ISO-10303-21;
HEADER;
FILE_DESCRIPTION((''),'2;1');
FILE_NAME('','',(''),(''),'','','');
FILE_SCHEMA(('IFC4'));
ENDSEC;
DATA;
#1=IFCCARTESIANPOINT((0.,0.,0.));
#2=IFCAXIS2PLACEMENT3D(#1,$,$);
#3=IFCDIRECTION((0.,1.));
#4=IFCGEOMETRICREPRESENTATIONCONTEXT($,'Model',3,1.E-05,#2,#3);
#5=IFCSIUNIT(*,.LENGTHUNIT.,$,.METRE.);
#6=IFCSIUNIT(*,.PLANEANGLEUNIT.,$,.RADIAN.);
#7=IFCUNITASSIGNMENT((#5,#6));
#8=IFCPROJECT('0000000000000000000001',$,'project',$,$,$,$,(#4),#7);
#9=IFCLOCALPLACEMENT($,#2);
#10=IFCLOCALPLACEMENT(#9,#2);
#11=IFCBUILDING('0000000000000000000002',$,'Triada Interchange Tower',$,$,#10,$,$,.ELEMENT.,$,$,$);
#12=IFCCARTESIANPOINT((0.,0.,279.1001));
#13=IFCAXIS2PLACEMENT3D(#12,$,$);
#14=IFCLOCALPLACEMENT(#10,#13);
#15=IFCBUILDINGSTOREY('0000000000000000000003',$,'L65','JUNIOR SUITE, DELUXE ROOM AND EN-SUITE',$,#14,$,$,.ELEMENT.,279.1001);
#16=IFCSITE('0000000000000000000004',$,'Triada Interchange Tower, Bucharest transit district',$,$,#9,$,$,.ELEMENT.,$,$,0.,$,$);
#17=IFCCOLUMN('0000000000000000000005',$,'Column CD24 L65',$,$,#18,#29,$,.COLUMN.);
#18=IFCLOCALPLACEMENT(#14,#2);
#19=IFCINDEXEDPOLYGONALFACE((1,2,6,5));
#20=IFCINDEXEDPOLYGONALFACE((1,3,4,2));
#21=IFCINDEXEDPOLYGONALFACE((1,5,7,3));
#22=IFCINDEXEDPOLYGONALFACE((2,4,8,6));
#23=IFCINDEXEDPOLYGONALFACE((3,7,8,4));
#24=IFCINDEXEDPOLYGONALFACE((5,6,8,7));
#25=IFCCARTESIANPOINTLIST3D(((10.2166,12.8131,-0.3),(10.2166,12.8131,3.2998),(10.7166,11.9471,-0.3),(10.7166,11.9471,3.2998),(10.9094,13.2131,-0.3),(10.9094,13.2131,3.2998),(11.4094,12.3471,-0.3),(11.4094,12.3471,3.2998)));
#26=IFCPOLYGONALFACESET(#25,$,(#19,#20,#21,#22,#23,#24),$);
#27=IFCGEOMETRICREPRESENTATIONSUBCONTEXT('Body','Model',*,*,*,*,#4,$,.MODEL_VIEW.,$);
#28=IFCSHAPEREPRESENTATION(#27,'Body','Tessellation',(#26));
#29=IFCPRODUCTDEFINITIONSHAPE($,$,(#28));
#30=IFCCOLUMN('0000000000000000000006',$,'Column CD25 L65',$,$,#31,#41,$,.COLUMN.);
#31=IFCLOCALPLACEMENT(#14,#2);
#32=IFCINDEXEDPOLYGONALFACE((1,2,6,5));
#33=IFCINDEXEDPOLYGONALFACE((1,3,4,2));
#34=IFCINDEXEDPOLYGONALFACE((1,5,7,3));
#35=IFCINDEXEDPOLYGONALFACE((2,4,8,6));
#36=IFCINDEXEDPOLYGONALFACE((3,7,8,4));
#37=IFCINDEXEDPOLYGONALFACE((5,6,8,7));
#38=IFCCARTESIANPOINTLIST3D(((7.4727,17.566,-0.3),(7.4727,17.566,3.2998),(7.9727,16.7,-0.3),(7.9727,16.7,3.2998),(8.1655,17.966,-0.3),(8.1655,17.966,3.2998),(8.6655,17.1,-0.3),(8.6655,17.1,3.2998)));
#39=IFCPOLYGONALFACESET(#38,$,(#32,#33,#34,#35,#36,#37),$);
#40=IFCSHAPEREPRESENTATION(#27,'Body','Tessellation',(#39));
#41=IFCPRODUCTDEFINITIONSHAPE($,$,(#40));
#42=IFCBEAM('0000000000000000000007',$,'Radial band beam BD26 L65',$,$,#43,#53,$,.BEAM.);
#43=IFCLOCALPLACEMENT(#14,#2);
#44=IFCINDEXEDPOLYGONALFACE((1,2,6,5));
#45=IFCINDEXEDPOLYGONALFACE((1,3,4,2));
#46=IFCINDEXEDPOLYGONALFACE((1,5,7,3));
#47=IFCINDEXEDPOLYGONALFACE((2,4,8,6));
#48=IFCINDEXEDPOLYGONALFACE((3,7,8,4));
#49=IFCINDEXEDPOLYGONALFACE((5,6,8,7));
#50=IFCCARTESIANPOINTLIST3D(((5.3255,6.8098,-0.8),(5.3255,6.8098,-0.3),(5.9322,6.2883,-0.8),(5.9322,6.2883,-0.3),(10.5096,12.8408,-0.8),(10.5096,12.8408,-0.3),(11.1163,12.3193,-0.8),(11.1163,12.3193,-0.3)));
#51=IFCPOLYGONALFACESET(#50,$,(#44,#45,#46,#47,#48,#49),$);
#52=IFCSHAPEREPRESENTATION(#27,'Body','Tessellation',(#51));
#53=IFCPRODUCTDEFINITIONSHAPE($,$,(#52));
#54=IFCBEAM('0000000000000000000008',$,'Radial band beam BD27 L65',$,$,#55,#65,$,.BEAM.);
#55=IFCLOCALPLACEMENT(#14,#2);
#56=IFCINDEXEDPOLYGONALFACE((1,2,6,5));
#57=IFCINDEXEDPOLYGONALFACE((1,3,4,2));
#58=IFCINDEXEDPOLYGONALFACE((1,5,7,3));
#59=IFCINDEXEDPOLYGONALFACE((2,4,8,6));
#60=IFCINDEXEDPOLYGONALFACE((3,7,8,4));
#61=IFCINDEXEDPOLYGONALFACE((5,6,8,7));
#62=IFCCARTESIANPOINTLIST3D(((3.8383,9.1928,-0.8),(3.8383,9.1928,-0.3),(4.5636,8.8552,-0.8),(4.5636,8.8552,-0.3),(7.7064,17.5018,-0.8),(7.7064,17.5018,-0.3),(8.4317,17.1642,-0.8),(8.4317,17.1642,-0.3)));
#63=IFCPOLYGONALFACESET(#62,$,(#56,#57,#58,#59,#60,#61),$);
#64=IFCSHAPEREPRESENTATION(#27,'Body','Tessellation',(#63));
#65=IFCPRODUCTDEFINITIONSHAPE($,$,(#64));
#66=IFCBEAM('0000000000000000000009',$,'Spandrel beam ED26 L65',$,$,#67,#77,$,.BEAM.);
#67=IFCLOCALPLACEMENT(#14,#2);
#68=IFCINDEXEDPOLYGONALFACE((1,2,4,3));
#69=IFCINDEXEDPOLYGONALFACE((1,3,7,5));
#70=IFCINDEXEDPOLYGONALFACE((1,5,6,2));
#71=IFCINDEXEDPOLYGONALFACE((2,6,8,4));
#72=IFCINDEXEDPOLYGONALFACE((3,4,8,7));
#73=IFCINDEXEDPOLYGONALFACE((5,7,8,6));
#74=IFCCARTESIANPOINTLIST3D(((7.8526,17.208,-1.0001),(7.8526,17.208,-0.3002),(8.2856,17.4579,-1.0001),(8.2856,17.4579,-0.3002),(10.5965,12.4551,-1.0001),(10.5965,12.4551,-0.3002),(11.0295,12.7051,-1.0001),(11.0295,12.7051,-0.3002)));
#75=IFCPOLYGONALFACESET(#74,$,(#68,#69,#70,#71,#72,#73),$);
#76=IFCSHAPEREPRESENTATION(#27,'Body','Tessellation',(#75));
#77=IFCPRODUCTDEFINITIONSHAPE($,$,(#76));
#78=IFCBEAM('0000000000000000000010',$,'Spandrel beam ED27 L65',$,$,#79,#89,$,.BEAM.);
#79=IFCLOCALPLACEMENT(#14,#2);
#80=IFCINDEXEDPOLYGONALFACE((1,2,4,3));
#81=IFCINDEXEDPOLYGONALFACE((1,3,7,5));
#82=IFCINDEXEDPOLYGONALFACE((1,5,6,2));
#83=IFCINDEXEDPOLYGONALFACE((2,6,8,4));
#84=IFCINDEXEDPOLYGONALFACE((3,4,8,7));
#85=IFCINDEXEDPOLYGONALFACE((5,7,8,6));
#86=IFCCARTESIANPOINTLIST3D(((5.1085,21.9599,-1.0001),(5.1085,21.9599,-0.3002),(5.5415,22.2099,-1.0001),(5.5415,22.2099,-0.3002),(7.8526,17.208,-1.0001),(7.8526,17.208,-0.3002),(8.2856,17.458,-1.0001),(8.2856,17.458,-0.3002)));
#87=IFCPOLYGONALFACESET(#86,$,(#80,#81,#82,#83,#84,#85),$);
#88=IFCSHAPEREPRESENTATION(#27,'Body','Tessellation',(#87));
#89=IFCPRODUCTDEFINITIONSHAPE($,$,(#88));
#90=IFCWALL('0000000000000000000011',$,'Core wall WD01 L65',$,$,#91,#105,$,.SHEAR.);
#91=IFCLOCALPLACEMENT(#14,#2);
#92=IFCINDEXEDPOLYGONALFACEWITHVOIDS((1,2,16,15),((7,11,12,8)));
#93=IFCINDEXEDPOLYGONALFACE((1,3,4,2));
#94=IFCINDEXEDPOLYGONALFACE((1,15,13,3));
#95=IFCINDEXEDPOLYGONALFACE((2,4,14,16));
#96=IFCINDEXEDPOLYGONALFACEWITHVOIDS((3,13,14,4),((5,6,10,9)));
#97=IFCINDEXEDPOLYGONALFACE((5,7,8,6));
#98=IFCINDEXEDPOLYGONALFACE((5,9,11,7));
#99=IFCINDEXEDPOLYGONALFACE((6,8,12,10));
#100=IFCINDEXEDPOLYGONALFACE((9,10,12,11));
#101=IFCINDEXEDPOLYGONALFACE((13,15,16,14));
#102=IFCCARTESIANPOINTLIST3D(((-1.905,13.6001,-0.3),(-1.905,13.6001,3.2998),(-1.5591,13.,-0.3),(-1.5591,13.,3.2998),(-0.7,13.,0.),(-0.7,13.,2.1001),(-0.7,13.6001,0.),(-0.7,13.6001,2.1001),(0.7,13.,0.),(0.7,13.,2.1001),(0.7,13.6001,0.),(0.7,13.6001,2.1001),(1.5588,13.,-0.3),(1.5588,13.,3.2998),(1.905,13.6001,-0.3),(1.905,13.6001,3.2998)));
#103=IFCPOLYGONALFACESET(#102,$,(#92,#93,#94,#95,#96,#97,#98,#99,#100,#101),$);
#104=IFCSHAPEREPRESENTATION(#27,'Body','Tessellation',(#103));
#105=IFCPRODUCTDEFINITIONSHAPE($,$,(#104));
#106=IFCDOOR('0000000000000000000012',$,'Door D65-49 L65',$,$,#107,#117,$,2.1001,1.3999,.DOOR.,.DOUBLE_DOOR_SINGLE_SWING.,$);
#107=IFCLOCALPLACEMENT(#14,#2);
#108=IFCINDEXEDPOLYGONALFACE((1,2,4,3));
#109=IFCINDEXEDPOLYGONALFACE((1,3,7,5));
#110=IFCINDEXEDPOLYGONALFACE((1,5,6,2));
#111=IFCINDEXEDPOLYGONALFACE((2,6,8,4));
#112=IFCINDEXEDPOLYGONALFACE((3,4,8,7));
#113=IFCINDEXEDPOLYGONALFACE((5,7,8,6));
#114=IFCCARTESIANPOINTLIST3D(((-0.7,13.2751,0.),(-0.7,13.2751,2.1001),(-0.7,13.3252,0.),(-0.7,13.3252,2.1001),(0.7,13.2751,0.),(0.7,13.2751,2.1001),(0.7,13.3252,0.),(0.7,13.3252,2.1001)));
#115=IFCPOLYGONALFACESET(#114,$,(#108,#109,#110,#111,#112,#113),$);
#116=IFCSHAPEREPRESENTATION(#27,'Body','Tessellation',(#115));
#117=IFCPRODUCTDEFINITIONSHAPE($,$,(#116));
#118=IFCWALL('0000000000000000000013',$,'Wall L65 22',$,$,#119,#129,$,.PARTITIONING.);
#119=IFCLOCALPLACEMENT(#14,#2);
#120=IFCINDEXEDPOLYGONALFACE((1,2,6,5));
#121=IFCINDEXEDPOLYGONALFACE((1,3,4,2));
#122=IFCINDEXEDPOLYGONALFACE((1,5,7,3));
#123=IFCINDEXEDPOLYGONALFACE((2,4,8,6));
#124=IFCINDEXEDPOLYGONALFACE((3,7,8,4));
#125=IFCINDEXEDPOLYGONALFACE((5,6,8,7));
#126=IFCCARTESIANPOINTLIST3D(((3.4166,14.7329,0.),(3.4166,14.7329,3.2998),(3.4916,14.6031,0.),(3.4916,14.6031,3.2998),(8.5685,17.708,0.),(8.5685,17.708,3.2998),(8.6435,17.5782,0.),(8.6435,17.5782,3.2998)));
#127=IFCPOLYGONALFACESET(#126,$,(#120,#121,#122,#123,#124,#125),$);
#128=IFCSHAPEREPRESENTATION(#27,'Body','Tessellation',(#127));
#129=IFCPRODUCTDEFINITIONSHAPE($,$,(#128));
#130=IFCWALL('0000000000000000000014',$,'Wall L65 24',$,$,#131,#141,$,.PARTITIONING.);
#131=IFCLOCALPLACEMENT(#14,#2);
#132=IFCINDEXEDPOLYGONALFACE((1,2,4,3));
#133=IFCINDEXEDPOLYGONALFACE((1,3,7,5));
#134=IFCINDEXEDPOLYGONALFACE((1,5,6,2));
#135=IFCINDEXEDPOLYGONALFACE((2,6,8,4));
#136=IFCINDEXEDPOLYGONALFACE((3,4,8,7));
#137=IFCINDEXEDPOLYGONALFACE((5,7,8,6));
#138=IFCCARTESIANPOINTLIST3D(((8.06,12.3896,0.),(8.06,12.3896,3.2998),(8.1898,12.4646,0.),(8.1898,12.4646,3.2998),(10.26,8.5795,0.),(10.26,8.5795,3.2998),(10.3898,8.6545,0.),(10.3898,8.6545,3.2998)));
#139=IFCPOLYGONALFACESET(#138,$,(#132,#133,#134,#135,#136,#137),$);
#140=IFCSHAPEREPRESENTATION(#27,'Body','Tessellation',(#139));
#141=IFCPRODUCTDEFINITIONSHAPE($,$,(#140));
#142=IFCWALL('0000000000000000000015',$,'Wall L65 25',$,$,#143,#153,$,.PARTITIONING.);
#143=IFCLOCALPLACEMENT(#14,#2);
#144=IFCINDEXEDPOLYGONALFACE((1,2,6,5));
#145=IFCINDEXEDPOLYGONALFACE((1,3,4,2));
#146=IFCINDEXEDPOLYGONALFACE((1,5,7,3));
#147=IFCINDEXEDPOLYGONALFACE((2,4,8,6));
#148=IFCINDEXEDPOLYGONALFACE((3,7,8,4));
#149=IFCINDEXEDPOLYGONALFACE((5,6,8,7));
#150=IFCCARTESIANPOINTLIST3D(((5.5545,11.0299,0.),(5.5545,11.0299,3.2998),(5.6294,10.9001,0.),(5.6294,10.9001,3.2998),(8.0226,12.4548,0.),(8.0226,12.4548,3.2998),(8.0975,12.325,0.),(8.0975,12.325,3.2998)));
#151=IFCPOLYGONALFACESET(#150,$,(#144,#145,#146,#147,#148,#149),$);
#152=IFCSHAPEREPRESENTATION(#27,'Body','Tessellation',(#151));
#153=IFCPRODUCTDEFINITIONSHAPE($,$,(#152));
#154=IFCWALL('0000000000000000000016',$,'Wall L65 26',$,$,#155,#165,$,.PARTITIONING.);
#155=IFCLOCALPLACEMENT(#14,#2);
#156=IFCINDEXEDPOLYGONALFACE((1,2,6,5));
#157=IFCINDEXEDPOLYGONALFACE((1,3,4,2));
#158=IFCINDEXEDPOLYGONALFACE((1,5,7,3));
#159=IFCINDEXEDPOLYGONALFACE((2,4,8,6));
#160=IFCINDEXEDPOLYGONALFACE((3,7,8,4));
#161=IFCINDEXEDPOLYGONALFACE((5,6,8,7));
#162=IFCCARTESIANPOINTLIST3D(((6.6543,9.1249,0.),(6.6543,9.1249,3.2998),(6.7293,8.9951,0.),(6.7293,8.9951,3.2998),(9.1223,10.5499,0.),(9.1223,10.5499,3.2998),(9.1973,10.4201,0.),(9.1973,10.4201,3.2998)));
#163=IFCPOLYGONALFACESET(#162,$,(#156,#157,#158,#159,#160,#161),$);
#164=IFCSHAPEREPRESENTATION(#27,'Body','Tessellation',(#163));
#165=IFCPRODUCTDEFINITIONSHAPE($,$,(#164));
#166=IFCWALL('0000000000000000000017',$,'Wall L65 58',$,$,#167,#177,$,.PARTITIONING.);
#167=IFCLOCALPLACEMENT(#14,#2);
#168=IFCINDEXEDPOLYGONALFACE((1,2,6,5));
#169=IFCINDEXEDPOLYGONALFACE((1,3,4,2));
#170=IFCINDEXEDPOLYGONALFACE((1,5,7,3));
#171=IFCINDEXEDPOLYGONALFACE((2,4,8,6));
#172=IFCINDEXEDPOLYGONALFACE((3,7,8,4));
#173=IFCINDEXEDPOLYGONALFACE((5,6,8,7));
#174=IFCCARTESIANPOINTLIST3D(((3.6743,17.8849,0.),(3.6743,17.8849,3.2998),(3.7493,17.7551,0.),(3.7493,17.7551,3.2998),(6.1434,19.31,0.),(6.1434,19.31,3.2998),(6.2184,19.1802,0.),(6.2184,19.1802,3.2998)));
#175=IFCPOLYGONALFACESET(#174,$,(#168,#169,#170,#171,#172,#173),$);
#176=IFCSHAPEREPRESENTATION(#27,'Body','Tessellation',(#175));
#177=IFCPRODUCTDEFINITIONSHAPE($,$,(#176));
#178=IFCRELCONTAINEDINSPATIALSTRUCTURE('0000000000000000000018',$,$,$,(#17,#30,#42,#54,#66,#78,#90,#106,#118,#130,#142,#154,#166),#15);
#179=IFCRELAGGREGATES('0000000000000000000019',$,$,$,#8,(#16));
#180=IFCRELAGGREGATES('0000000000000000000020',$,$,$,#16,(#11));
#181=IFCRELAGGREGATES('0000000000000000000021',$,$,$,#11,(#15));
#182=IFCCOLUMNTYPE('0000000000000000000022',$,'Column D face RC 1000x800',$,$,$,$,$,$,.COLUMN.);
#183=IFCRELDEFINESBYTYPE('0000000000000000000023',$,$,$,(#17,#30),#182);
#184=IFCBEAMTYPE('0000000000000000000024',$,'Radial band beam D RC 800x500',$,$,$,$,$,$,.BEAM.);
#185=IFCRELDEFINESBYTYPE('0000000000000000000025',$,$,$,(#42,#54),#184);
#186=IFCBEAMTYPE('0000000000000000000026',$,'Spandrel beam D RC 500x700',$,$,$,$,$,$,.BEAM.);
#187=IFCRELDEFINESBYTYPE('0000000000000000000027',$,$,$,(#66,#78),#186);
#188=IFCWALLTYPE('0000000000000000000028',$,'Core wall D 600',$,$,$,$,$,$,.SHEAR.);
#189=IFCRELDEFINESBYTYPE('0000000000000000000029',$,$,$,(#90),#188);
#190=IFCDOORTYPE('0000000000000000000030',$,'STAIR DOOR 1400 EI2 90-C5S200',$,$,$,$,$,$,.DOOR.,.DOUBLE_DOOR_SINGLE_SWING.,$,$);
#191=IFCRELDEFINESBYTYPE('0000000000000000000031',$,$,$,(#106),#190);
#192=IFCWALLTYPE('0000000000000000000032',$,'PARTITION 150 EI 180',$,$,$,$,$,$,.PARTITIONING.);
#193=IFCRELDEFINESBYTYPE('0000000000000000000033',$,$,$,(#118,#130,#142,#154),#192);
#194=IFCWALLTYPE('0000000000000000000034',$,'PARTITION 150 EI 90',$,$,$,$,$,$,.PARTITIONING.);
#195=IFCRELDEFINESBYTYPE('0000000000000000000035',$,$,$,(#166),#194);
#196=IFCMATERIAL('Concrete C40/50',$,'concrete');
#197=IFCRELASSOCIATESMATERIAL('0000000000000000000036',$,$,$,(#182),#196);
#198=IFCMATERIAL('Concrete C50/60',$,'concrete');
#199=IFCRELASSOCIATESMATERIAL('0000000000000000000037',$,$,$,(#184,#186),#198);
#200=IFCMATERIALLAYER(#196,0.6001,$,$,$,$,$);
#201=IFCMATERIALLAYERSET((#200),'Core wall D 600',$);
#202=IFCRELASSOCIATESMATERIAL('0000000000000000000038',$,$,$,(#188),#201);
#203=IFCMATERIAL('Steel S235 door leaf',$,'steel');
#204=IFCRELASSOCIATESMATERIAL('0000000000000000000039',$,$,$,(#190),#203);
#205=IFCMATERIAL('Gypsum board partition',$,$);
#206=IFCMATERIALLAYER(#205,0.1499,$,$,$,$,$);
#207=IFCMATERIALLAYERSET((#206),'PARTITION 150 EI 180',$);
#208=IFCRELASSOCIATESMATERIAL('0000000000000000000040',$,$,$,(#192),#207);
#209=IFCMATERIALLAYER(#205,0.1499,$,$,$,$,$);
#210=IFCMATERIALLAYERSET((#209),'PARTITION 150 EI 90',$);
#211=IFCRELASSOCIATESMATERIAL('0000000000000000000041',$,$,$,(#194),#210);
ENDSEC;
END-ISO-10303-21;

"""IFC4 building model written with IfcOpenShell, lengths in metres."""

from ifc_helpers import new_model, si_unit, direction, frame, frame_2d, origin, origin_2d, place, context, subcontext, project, spatial, polyline, rectangle, outline, extrude, material, layer, layer_set, material_profile, profile_set, type_object, element, fill, save


model = new_model("IFC4")

# Units and contexts
model_context = context("Model", 3, precision=1e-05, world=origin(), true_north=direction((0.0, 1.0)))
body_context = subcontext(model_context, "Body", "Model", "MODEL_VIEW")
ifc_project = project(units=[si_unit("LENGTHUNIT", "METRE"), si_unit("PLANEANGLEUNIT", "RADIAN")], contexts=[model_context])

# Site, building, storey
site_placement = place(None, origin())
site = spatial("IfcSite", under=ifc_project, at=site_placement, Name="Triada Interchange Tower, Bucharest transit district", CompositionType="ELEMENT", RefElevation=0.0)
building_placement = place(site_placement, origin())
building = spatial("IfcBuilding", under=site, at=building_placement, Name="Triada Interchange Tower", CompositionType="ELEMENT")
storey_placement = place(building_placement, frame((0.0, 0.0, 279.1001)))
storey = spatial("IfcBuildingStorey", under=building, at=storey_placement, Name="L65", Description="JUNIOR SUITE, DELUXE ROOM AND EN-SUITE", CompositionType="ELEMENT", Elevation=279.1001)

# Columns
ifc_material_1 = material(Name="Concrete C40/50", Category="concrete")
ifc_material_profile_1 = material_profile(ifc_material_1, rectangle(XDim=1.0, YDim=0.8, at=origin_2d()), Name="RC 1000x800")
ifc_profile_set_1 = profile_set([ifc_material_profile_1], Name="Concrete C40/50")
column_type = type_object("IfcColumnType", Name="Column D face RC 1000x800", PredefinedType="COLUMN", material=ifc_profile_set_1)
for number, where, z_axis, x_axis, name in (
    (1, (10.813, 12.5801, -0.3), (0.0, 0.0, 1.0), (-0.5, 0.866025, 0.0), "Column CD24 L65"),
    (2, (8.0691, 17.333, -0.3), (0.0, 0.0, 1.0), (-0.5, 0.866025, 0.0), "Column CD25 L65"),
):
    element("IfcColumn", number, at=place(storey_placement, frame(where, z_axis=z_axis, x_axis=x_axis)), inside=storey, type_object=column_type, Name=name, PredefinedType="COLUMN", context=body_context, shape_type="SweptSolid", body=[
        extrude(rectangle(XDim=1.0, YDim=0.8, at=origin_2d()), origin(), (0.0, 0.0, 1.0), 3.5999),
    ])

# Beams
ifc_material_2 = material(Name="Concrete C50/60", Category="concrete")
ifc_material_profile_2 = material_profile(ifc_material_2, rectangle(XDim=0.8, YDim=0.5, at=origin_2d()), Name="RC 800x500")
ifc_profile_set_2 = profile_set([ifc_material_profile_2], Name="Concrete C50/60")
beam_type_1 = type_object("IfcBeamType", Name="Radial band beam D RC 800x500", PredefinedType="BEAM", material=ifc_profile_set_2)
beam_1_placement = place(storey_placement, frame((10.813, 12.5801, -0.55), z_axis=(-0.651853, -0.758346, 0.0), x_axis=(0.758346, -0.651853, 0.0)))
element("IfcBeam", 3, at=beam_1_placement, inside=storey, type_object=beam_type_1, Name="Radial band beam BD26 L65", PredefinedType="BEAM", context=body_context, shape_type="SweptSolid", body=[
    extrude(rectangle(XDim=0.8, YDim=0.5, at=origin_2d()), origin(), (0.0, 0.0, 1.0), 7.9529),
])
beam_2_placement = place(storey_placement, frame((8.0691, 17.333, -0.55), z_axis=(-0.422042, -0.906576, 0.0), x_axis=(0.906576, -0.422042, 0.0)))
element("IfcBeam", 4, at=beam_2_placement, inside=storey, type_object=beam_type_1, Name="Radial band beam BD27 L65", PredefinedType="BEAM", context=body_context, shape_type="SweptSolid", body=[
    extrude(rectangle(XDim=0.8, YDim=0.5, at=origin_2d()), origin(), (0.0, 0.0, 1.0), 9.1653),
])
ifc_material_profile_3 = material_profile(ifc_material_2, rectangle(XDim=0.5, YDim=0.7, at=origin_2d()), Name="RC 500x700")
ifc_profile_set_3 = profile_set([ifc_material_profile_3], Name="Concrete C50/60")
beam_type_2 = type_object("IfcBeamType", Name="Spandrel beam D RC 500x700", PredefinedType="BEAM", material=ifc_profile_set_3)
beam_3_placement = place(storey_placement, frame((10.813, 12.5801, -0.6501), z_axis=(-0.499971, 0.866042, 0.0), x_axis=(-0.866042, -0.499971, 0.0)))
element("IfcBeam", 5, at=beam_3_placement, inside=storey, type_object=beam_type_2, Name="Spandrel beam ED26 L65", PredefinedType="BEAM", context=body_context, shape_type="SweptSolid", body=[
    extrude(rectangle(XDim=0.5, YDim=0.7, at=origin_2d()), origin(), (0.0, 0.0, 1.0), 5.488),
])
beam_4_placement = place(storey_placement, frame((8.0691, 17.333, -0.6501), z_axis=(-0.500082, 0.865978, 0.0), x_axis=(-0.865978, -0.500082, 0.0)))
element("IfcBeam", 6, at=beam_4_placement, inside=storey, type_object=beam_type_2, Name="Spandrel beam ED27 L65", PredefinedType="BEAM", context=body_context, shape_type="SweptSolid", body=[
    extrude(rectangle(XDim=0.5, YDim=0.7, at=origin_2d()), origin(), (0.0, 0.0, 1.0), 5.4873),
])

# Wall, opening, door
ifc_layer_1 = layer(ifc_material_1, 0.6001)
ifc_layer_set_1 = layer_set([ifc_layer_1], Name="Core wall D 600")
wall_type_1 = type_object("IfcWallType", Name="Core wall D 600", PredefinedType="SHEAR", material=ifc_layer_set_1)
wall_1_placement = place(storey_placement, frame((1.7319, 13.3, -0.3), z_axis=(0.0, 0.0, 1.0), x_axis=(-1.0, 0.0, 0.0)))
wall_1 = element("IfcWall", 7, at=wall_1_placement, inside=storey, type_object=wall_type_1, Name="Core wall WD01 L65", PredefinedType="SHEAR", context=body_context, shape_type="SweptSolid", body=[
    extrude(outline(polyline([(-0.1731, -0.3), (1.7319, -0.3), (3.637, -0.3), (3.291, 0.3), (1.7319, 0.3), (0.1731, 0.3), (-0.1731, -0.3)])), origin(), (0.0, 0.0, 1.0), 3.5999),
])
opening_placement = place(wall_1_placement, frame((1.032, 0.0, 0.3)))
opening = element("IfcOpeningElement", 8, at=opening_placement, cuts=wall_1, PredefinedType="OPENING", context=body_context, shape_type="SweptSolid", body=[
    extrude(rectangle(XDim=1.3999, YDim=2.1001, at=frame_2d((0.7, 1.05))), frame((0.0, 0.3101, 0.0), z_axis=(0.0, -1.0, 0.0), x_axis=(1.0, 0.0, 0.0)), (0.0, 0.0, 1.0), 0.6201),
])
ifc_material_3 = material(Name="Steel S235 door leaf", Category="steel")
door_type = type_object("IfcDoorType", Name="STAIR DOOR 1400 EI2 90-C5S200", OperationType="DOUBLE_DOOR_SINGLE_SWING", PredefinedType="DOOR", material=ifc_material_3)
door_placement = place(opening_placement, origin())
door = element("IfcDoor", 9, at=door_placement, inside=storey, type_object=door_type, Name="Door D65-49 L65", OperationType="DOUBLE_DOOR_SINGLE_SWING", OverallHeight=2.1001, OverallWidth=1.3999, PredefinedType="DOOR", context=body_context, shape_type="SweptSolid", body=[
    extrude(rectangle(XDim=1.3999, YDim=2.1001, at=frame_2d((0.7, 1.05))), frame((0.0, 0.0249, 0.0), z_axis=(0.0, -1.0, 0.0), x_axis=(1.0, 0.0, 0.0)), (0.0, 0.0, 1.0), 0.05),
])
fill(opening, door)

# Walls
ifc_material_4 = material(Name="Gypsum board partition")
ifc_layer_2 = layer(ifc_material_4, 0.1499)
ifc_layer_set_2 = layer_set([ifc_layer_2], Name="PARTITION 150 EI 180")
wall_type_2 = type_object("IfcWallType", Name="PARTITION 150 EI 180", PredefinedType="PARTITIONING", material=ifc_layer_set_2)
wall_2_placement = place(storey_placement, frame((3.4541, 14.668, 0.0), z_axis=(0.0, 0.0, 1.0), x_axis=(0.865976, 0.500085, 0.0)))
element("IfcWall", 10, at=wall_2_placement, inside=storey, type_object=wall_type_2, Name="Wall L65 22", PredefinedType="PARTITIONING", context=body_context, shape_type="SweptSolid", body=[
    extrude(rectangle(XDim=5.9492, YDim=0.1499, at=frame_2d((2.9746, 0.0))), origin(), (0.0, 0.0, 1.0), 3.2998),
])
wall_3_placement = place(storey_placement, frame((8.125, 12.427, 0.0), z_axis=(0.0, 0.0, 1.0), x_axis=(0.500036, -0.866004, 0.0)))
element("IfcWall", 11, at=wall_3_placement, inside=storey, type_object=wall_type_2, Name="Wall L65 24", PredefinedType="PARTITIONING", context=body_context, shape_type="SweptSolid", body=[
    extrude(rectangle(XDim=4.3997, YDim=0.1499, at=frame_2d((2.1997, 0.0))), origin(), (0.0, 0.0, 1.0), 3.2998),
])
for number, where, z_axis, x_axis, name in (
    (12, (5.592, 10.9651, 0.0), (0.0, 0.0, 1.0), (0.866041, 0.499972, 0.0), "Wall L65 25"),
    (13, (6.6919, 9.0601, 0.0), (0.0, 0.0, 1.0), (0.866004, 0.500036, 0.0), "Wall L65 26"),
):
    element("IfcWall", number, at=place(storey_placement, frame(where, z_axis=z_axis, x_axis=x_axis)), inside=storey, type_object=wall_type_2, Name=name, PredefinedType="PARTITIONING", context=body_context, shape_type="SweptSolid", body=[
        extrude(rectangle(XDim=2.8499, YDim=0.1499, at=frame_2d((1.4248, 0.0))), origin(), (0.0, 0.0, 1.0), 3.2998),
    ])
ifc_layer_3 = layer(ifc_material_4, 0.1499)
ifc_layer_set_3 = layer_set([ifc_layer_3], Name="PARTITION 150 EI 90")
wall_type_3 = type_object("IfcWallType", Name="PARTITION 150 EI 90", PredefinedType="PARTITIONING", material=ifc_layer_set_3)
wall_4_placement = place(storey_placement, frame((3.7119, 17.8201, 0.0), z_axis=(0.0, 0.0, 1.0), x_axis=(0.86609, 0.499888, 0.0)))
element("IfcWall", 14, at=wall_4_placement, inside=storey, type_object=wall_type_3, Name="Wall L65 58", PredefinedType="PARTITIONING", context=body_context, shape_type="SweptSolid", body=[
    extrude(rectangle(XDim=2.8508, YDim=0.1499, at=frame_2d((1.4253, 0.0))), origin(), (0.0, 0.0, 1.0), 3.2998),
])

save(model, "model.ifc")
